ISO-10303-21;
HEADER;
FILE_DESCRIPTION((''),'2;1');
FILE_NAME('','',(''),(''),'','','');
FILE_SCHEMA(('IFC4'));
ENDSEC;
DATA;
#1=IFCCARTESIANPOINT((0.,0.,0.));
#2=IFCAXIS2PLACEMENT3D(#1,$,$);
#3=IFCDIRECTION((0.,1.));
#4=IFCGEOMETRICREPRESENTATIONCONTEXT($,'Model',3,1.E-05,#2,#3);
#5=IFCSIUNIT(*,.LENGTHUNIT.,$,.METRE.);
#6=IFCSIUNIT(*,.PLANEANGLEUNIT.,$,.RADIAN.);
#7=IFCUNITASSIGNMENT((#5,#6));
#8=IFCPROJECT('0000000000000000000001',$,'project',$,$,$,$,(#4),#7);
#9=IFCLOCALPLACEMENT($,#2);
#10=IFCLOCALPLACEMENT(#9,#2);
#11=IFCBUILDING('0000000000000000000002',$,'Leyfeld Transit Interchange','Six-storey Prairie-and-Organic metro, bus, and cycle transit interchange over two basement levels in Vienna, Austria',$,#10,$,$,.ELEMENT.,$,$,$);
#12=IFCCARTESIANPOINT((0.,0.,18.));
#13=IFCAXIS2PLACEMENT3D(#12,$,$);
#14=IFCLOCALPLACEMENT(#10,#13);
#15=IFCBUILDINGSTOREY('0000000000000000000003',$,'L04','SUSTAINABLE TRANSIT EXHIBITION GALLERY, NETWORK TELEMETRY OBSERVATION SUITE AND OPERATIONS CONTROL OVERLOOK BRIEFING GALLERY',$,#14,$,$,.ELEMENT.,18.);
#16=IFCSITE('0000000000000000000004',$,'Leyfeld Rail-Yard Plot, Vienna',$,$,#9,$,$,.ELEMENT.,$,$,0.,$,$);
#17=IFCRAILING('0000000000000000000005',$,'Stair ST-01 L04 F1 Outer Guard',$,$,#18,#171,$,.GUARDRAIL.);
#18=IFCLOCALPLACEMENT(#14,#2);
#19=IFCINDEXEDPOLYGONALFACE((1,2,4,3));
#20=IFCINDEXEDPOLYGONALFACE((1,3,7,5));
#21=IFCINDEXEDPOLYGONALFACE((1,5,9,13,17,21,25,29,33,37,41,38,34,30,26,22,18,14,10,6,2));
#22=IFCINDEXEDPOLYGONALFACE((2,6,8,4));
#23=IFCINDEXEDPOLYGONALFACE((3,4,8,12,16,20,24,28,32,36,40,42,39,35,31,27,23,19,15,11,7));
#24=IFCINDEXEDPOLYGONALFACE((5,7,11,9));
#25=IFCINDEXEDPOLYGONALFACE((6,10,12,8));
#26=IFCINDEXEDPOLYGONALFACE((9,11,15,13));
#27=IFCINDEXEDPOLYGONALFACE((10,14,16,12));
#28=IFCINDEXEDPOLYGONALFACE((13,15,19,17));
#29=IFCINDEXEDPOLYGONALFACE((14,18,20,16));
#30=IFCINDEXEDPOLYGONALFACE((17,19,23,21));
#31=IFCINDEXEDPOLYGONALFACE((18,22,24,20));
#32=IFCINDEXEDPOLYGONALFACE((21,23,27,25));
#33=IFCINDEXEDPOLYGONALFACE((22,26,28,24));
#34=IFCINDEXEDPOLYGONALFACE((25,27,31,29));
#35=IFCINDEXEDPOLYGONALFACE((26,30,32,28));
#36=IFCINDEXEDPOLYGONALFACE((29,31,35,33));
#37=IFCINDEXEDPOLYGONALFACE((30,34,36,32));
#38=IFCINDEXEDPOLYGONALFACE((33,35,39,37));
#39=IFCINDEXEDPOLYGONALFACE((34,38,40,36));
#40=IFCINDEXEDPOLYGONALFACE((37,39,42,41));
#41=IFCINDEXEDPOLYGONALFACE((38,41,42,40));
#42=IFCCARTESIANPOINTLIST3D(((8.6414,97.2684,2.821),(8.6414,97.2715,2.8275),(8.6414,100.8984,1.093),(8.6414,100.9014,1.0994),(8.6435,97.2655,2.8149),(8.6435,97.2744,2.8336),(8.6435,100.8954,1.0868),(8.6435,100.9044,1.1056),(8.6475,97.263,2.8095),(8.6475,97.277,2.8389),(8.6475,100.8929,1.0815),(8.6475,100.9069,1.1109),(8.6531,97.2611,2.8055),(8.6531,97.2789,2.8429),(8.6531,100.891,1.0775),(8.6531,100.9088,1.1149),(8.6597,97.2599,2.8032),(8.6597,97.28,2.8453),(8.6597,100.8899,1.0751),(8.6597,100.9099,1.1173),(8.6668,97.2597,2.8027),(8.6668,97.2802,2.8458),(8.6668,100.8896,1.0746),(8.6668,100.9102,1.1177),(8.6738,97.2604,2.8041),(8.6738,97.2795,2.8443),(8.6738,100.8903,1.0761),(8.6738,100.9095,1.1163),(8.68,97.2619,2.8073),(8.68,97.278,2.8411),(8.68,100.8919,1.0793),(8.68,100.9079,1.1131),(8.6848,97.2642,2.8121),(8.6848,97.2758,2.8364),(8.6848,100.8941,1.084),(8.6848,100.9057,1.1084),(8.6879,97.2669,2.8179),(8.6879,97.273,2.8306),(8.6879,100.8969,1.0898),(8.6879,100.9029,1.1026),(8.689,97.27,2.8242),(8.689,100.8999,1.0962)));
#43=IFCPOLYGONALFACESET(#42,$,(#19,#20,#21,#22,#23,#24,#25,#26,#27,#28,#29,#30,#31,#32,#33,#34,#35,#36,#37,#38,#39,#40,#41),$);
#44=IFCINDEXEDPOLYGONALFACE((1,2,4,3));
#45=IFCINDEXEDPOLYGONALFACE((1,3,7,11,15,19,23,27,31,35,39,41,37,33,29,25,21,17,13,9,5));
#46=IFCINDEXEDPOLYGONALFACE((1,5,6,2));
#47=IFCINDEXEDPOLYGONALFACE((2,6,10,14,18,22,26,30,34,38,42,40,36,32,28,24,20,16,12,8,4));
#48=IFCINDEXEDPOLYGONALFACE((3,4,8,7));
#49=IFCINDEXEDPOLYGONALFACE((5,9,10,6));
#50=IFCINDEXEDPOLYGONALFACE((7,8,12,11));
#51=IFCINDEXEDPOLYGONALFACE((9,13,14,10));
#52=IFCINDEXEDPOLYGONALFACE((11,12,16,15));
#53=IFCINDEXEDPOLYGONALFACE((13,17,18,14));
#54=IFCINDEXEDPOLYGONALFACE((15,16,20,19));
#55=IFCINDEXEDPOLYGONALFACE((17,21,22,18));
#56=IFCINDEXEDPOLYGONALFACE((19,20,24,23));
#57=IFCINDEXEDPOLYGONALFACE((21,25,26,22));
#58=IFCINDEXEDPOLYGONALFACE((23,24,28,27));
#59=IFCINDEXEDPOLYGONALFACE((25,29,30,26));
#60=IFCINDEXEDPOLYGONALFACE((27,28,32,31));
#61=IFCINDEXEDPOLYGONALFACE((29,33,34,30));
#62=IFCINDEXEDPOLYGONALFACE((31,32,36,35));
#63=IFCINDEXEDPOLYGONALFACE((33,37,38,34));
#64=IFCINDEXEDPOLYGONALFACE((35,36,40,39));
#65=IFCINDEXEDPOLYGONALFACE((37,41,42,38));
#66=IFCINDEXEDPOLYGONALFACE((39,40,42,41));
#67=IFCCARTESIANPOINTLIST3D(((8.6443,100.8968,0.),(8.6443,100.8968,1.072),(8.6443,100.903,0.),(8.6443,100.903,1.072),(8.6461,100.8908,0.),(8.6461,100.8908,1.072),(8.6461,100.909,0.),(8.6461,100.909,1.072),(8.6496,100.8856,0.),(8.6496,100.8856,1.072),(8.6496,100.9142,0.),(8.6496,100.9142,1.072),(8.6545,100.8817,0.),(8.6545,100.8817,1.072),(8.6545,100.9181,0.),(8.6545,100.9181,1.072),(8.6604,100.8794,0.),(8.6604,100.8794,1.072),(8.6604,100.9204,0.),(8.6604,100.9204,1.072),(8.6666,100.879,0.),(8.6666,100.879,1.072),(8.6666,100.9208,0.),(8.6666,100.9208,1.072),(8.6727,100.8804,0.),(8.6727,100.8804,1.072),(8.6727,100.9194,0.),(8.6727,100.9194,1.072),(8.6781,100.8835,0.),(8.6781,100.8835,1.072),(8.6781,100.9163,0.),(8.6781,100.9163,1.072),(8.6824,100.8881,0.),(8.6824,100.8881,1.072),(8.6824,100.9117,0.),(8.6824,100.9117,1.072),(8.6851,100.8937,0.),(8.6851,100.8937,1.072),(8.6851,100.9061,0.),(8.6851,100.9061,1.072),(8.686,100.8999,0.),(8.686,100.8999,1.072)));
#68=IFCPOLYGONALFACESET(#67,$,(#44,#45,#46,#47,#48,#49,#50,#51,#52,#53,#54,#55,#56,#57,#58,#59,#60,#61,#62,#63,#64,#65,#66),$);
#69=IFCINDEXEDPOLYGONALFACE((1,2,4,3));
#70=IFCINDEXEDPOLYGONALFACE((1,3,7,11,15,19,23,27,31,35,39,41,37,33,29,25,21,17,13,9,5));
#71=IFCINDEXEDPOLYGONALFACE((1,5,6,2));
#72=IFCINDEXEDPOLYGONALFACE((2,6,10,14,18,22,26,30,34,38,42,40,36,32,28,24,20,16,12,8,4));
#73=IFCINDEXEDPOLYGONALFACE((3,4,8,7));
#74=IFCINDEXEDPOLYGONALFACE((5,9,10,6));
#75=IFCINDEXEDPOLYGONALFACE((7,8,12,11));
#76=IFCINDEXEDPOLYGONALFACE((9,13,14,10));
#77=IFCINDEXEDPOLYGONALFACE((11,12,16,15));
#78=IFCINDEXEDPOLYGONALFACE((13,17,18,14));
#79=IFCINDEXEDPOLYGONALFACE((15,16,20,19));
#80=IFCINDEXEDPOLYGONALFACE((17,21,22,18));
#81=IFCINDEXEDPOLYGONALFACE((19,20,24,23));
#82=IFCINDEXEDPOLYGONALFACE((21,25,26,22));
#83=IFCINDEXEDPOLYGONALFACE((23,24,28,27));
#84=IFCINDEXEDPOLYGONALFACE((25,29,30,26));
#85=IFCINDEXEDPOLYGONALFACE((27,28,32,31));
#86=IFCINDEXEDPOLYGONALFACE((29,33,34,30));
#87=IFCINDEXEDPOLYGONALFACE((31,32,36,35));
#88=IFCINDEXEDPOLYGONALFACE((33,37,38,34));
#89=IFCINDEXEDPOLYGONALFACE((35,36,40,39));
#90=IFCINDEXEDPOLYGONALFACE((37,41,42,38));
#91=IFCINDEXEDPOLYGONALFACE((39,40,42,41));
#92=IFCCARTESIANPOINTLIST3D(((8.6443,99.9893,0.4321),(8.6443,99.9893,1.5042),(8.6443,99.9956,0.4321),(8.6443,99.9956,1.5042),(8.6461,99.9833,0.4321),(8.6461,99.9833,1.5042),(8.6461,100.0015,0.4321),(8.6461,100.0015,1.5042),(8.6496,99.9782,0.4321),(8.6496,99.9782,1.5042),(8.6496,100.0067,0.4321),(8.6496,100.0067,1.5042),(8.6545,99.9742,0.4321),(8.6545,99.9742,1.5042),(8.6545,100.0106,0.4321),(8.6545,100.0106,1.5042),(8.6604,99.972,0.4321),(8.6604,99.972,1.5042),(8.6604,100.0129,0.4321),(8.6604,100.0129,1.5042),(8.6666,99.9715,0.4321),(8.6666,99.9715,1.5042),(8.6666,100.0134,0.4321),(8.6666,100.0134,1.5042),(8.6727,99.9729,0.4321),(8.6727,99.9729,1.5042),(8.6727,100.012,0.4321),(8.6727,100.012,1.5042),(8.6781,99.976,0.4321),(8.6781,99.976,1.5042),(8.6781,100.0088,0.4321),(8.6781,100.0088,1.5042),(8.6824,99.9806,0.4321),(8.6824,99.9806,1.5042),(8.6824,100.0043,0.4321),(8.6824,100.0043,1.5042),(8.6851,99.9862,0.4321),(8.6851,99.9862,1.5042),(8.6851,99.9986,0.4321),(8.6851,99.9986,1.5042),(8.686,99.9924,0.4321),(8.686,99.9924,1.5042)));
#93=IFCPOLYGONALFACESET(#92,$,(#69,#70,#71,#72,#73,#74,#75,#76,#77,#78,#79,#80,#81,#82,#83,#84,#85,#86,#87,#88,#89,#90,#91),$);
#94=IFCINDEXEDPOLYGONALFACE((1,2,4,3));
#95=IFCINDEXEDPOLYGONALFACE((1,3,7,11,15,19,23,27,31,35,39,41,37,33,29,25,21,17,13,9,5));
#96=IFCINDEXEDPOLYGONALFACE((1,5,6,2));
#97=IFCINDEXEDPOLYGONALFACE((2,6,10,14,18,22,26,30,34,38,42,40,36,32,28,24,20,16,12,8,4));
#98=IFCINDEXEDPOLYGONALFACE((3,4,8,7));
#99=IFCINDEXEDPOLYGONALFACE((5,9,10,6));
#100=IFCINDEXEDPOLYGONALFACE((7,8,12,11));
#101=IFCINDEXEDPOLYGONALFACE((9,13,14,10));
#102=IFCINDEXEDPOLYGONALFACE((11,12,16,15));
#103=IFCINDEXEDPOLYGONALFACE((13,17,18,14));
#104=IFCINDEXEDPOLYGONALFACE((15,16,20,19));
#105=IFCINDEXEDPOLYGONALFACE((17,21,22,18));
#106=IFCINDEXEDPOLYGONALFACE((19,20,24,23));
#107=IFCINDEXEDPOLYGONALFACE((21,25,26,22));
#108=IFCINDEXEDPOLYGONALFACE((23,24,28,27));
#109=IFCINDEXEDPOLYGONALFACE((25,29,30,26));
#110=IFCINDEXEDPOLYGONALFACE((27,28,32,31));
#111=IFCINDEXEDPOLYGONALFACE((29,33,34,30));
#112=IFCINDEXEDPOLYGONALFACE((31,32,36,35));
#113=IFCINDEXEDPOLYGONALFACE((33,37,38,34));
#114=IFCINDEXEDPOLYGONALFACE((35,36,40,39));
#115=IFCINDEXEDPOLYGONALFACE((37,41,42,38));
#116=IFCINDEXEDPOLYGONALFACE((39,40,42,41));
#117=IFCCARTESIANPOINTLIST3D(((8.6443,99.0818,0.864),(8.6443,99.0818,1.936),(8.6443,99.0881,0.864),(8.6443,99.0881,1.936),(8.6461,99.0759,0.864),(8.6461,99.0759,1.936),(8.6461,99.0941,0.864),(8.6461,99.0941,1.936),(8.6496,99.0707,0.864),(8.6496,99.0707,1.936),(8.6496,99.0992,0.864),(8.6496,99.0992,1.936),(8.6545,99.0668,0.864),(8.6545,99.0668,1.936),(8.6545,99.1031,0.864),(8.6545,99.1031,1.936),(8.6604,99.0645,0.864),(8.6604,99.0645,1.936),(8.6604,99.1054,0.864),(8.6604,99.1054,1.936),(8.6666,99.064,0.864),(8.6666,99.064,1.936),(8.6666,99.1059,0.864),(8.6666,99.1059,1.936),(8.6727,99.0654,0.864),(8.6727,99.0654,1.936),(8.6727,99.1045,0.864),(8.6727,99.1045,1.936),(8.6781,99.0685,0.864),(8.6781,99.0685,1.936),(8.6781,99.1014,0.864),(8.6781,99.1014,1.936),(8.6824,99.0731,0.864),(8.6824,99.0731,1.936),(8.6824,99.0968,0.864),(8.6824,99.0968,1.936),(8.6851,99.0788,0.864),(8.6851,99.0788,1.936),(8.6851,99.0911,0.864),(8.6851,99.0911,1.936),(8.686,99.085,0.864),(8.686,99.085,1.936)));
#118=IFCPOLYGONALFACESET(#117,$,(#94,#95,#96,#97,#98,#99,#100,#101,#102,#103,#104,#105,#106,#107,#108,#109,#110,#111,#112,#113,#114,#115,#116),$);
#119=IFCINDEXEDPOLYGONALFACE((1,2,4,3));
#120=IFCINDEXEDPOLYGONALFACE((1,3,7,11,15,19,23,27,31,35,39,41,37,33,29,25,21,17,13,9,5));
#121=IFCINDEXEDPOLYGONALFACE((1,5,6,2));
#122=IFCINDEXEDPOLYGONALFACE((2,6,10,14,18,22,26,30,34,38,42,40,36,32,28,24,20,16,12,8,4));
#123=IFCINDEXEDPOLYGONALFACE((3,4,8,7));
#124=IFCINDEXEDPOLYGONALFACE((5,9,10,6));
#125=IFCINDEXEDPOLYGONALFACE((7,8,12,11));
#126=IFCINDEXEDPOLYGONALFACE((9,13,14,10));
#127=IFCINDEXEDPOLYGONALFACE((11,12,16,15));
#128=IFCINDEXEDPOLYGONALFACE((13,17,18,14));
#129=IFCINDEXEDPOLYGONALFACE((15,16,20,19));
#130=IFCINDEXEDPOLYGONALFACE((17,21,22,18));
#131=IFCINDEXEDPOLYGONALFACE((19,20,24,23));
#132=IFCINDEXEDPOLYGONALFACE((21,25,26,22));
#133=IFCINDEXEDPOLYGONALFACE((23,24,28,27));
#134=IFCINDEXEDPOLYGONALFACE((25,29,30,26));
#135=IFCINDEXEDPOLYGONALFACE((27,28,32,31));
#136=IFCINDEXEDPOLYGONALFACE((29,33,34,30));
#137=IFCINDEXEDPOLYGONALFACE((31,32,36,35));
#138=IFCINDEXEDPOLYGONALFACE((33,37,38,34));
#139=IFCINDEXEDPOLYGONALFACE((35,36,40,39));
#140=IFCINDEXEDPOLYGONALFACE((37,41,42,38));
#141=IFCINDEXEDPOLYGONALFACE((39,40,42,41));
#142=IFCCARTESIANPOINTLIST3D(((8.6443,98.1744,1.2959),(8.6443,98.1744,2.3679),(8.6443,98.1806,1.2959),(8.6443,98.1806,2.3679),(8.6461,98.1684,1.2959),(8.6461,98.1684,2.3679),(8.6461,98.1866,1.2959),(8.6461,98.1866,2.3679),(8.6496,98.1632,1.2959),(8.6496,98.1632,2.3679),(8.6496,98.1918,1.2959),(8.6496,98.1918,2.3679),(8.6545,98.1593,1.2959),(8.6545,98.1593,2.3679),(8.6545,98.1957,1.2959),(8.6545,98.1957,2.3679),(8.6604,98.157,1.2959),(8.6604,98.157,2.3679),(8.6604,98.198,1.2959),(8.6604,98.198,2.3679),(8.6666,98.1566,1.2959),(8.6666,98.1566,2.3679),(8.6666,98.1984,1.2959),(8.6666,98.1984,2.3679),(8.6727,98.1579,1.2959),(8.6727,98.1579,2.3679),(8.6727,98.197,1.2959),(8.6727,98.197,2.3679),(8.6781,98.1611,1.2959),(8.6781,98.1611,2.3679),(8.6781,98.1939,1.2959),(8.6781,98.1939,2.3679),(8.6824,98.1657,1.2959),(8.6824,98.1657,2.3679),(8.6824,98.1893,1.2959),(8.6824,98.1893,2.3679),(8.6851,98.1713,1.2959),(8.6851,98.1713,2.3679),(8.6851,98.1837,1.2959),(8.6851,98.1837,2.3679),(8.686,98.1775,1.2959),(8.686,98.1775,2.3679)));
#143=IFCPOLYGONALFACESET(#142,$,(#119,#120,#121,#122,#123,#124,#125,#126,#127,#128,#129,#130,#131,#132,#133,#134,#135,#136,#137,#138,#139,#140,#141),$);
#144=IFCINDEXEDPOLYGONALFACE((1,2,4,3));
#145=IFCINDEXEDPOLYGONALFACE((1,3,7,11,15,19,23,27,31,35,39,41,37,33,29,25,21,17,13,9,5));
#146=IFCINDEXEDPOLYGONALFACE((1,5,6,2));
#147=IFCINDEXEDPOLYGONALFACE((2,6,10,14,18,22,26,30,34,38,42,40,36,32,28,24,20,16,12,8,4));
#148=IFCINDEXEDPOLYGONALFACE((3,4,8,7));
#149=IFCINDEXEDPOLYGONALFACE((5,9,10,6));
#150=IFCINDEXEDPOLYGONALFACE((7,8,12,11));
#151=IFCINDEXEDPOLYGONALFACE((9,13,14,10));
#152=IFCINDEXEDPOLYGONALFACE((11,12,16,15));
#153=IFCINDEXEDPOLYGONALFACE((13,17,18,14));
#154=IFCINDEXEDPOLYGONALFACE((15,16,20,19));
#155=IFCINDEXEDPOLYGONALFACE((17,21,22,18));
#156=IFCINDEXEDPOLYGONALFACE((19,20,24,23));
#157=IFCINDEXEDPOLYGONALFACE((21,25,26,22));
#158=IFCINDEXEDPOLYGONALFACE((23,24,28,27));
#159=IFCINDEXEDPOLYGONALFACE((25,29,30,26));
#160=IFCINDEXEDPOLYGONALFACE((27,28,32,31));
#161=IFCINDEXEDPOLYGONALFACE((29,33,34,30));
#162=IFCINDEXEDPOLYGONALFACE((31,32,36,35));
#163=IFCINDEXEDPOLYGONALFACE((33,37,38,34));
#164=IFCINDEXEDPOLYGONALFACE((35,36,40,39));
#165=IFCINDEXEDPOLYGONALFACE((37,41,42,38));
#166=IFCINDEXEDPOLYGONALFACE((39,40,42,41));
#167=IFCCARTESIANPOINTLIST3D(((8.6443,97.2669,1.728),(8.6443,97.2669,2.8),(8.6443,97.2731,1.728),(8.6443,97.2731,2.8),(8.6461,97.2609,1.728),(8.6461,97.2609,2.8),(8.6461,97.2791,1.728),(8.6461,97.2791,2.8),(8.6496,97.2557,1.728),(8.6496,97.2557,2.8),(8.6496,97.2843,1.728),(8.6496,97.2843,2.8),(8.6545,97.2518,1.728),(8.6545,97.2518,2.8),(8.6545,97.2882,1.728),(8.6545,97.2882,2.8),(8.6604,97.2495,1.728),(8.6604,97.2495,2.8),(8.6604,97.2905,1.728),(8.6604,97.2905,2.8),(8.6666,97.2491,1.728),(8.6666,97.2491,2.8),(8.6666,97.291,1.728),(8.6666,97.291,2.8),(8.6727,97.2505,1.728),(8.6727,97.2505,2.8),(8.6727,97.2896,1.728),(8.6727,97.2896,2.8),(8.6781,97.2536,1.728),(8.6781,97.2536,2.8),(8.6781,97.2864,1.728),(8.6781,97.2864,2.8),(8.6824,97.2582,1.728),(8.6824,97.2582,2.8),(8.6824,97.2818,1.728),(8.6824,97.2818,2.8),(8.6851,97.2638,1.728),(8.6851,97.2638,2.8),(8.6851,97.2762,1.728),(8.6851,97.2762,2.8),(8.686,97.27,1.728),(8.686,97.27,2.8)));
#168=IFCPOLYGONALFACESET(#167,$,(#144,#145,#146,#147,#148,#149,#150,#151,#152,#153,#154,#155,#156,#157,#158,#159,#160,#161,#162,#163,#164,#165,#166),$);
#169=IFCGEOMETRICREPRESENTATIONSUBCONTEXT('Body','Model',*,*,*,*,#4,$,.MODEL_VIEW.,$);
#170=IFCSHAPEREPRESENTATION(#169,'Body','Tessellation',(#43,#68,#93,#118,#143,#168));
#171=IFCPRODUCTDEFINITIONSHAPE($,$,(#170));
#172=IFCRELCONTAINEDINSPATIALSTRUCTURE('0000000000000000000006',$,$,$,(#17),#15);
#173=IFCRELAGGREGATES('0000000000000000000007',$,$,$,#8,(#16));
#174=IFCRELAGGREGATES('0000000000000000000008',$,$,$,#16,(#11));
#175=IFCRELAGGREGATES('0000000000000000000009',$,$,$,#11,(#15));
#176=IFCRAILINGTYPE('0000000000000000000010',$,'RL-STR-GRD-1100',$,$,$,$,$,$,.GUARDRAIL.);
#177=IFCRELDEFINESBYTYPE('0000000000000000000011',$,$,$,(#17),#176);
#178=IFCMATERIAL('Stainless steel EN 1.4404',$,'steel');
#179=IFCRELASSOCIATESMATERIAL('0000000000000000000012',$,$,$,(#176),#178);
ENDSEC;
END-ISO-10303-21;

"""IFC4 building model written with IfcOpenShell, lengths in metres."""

from ifc_helpers import new_model, si_unit, direction, frame, origin, origin_2d, place, context, subcontext, project, spatial, circle, extrude, material, type_object, element, save


model = new_model("IFC4")

# Units and contexts
model_context = context("Model", 3, precision=1e-05, world=origin(), true_north=direction((0.0, 1.0)))
body_context = subcontext(model_context, "Body", "Model", "MODEL_VIEW")
ifc_project = project(units=[si_unit("LENGTHUNIT", "METRE"), si_unit("PLANEANGLEUNIT", "RADIAN")], contexts=[model_context])

# Site, building, storey
site_placement = place(None, origin())
site = spatial("IfcSite", under=ifc_project, at=site_placement, Name="Leyfeld Rail-Yard Plot, Vienna", CompositionType="ELEMENT", RefElevation=0.0)
building_placement = place(site_placement, origin())
building = spatial("IfcBuilding", under=site, at=building_placement, Name="Leyfeld Transit Interchange", Description="Six-storey Prairie-and-Organic metro, bus, and cycle transit interchange over two basement levels in Vienna, Austria", CompositionType="ELEMENT")
storey_placement = place(building_placement, frame((0.0, 0.0, 18.0)))
storey = spatial("IfcBuildingStorey", under=building, at=storey_placement, Name="L04", Description="SUSTAINABLE TRANSIT EXHIBITION GALLERY, NETWORK TELEMETRY OBSERVATION SUITE AND OPERATIONS CONTROL OVERLOOK BRIEFING GALLERY", CompositionType="ELEMENT", Elevation=18.0)

# Railing
ifc_material_1 = material(Name="Stainless steel EN 1.4404", Category="steel")
railing_type_1 = type_object("IfcRailingType", Name="RL-STR-GRD-1100", PredefinedType="GUARDRAIL", material=ifc_material_1)
railing_1_placement = place(storey_placement, frame((8.665, 100.8999, 0.0)))
element("IfcRailing", 1, at=railing_1_placement, inside=storey, type_object=railing_type_1, Name="Stair ST-01 L04 F1 Outer Guard", PredefinedType="GUARDRAIL", context=body_context, shape_type="SweptSolid", body=[
    extrude(circle(Radius=0.0239, at=origin_2d()), frame((0.0, 0.0, 1.0962), z_axis=(0.0, -0.902908, 0.429835), x_axis=(1.0, 0.0, 0.0)), (0.0, 0.0, 1.0), 4.0203),
    extrude(circle(Radius=0.021, at=origin_2d()), origin(), (0.0, 0.0, 1.0), 1.072),
    extrude(circle(Radius=0.021, at=origin_2d()), frame((0.0, -0.9075, 0.4321)), (0.0, 0.0, 1.0), 1.072),
    extrude(circle(Radius=0.021, at=origin_2d()), frame((0.0, -1.8149, 0.864)), (0.0, 0.0, 1.0), 1.072),
    extrude(circle(Radius=0.021, at=origin_2d()), frame((0.0, -2.7224, 1.2959)), (0.0, 0.0, 1.0), 1.072),
    extrude(circle(Radius=0.021, at=origin_2d()), frame((0.0, -3.6299, 1.728)), (0.0, 0.0, 1.0), 1.072),
])

save(model, "model.ifc")
